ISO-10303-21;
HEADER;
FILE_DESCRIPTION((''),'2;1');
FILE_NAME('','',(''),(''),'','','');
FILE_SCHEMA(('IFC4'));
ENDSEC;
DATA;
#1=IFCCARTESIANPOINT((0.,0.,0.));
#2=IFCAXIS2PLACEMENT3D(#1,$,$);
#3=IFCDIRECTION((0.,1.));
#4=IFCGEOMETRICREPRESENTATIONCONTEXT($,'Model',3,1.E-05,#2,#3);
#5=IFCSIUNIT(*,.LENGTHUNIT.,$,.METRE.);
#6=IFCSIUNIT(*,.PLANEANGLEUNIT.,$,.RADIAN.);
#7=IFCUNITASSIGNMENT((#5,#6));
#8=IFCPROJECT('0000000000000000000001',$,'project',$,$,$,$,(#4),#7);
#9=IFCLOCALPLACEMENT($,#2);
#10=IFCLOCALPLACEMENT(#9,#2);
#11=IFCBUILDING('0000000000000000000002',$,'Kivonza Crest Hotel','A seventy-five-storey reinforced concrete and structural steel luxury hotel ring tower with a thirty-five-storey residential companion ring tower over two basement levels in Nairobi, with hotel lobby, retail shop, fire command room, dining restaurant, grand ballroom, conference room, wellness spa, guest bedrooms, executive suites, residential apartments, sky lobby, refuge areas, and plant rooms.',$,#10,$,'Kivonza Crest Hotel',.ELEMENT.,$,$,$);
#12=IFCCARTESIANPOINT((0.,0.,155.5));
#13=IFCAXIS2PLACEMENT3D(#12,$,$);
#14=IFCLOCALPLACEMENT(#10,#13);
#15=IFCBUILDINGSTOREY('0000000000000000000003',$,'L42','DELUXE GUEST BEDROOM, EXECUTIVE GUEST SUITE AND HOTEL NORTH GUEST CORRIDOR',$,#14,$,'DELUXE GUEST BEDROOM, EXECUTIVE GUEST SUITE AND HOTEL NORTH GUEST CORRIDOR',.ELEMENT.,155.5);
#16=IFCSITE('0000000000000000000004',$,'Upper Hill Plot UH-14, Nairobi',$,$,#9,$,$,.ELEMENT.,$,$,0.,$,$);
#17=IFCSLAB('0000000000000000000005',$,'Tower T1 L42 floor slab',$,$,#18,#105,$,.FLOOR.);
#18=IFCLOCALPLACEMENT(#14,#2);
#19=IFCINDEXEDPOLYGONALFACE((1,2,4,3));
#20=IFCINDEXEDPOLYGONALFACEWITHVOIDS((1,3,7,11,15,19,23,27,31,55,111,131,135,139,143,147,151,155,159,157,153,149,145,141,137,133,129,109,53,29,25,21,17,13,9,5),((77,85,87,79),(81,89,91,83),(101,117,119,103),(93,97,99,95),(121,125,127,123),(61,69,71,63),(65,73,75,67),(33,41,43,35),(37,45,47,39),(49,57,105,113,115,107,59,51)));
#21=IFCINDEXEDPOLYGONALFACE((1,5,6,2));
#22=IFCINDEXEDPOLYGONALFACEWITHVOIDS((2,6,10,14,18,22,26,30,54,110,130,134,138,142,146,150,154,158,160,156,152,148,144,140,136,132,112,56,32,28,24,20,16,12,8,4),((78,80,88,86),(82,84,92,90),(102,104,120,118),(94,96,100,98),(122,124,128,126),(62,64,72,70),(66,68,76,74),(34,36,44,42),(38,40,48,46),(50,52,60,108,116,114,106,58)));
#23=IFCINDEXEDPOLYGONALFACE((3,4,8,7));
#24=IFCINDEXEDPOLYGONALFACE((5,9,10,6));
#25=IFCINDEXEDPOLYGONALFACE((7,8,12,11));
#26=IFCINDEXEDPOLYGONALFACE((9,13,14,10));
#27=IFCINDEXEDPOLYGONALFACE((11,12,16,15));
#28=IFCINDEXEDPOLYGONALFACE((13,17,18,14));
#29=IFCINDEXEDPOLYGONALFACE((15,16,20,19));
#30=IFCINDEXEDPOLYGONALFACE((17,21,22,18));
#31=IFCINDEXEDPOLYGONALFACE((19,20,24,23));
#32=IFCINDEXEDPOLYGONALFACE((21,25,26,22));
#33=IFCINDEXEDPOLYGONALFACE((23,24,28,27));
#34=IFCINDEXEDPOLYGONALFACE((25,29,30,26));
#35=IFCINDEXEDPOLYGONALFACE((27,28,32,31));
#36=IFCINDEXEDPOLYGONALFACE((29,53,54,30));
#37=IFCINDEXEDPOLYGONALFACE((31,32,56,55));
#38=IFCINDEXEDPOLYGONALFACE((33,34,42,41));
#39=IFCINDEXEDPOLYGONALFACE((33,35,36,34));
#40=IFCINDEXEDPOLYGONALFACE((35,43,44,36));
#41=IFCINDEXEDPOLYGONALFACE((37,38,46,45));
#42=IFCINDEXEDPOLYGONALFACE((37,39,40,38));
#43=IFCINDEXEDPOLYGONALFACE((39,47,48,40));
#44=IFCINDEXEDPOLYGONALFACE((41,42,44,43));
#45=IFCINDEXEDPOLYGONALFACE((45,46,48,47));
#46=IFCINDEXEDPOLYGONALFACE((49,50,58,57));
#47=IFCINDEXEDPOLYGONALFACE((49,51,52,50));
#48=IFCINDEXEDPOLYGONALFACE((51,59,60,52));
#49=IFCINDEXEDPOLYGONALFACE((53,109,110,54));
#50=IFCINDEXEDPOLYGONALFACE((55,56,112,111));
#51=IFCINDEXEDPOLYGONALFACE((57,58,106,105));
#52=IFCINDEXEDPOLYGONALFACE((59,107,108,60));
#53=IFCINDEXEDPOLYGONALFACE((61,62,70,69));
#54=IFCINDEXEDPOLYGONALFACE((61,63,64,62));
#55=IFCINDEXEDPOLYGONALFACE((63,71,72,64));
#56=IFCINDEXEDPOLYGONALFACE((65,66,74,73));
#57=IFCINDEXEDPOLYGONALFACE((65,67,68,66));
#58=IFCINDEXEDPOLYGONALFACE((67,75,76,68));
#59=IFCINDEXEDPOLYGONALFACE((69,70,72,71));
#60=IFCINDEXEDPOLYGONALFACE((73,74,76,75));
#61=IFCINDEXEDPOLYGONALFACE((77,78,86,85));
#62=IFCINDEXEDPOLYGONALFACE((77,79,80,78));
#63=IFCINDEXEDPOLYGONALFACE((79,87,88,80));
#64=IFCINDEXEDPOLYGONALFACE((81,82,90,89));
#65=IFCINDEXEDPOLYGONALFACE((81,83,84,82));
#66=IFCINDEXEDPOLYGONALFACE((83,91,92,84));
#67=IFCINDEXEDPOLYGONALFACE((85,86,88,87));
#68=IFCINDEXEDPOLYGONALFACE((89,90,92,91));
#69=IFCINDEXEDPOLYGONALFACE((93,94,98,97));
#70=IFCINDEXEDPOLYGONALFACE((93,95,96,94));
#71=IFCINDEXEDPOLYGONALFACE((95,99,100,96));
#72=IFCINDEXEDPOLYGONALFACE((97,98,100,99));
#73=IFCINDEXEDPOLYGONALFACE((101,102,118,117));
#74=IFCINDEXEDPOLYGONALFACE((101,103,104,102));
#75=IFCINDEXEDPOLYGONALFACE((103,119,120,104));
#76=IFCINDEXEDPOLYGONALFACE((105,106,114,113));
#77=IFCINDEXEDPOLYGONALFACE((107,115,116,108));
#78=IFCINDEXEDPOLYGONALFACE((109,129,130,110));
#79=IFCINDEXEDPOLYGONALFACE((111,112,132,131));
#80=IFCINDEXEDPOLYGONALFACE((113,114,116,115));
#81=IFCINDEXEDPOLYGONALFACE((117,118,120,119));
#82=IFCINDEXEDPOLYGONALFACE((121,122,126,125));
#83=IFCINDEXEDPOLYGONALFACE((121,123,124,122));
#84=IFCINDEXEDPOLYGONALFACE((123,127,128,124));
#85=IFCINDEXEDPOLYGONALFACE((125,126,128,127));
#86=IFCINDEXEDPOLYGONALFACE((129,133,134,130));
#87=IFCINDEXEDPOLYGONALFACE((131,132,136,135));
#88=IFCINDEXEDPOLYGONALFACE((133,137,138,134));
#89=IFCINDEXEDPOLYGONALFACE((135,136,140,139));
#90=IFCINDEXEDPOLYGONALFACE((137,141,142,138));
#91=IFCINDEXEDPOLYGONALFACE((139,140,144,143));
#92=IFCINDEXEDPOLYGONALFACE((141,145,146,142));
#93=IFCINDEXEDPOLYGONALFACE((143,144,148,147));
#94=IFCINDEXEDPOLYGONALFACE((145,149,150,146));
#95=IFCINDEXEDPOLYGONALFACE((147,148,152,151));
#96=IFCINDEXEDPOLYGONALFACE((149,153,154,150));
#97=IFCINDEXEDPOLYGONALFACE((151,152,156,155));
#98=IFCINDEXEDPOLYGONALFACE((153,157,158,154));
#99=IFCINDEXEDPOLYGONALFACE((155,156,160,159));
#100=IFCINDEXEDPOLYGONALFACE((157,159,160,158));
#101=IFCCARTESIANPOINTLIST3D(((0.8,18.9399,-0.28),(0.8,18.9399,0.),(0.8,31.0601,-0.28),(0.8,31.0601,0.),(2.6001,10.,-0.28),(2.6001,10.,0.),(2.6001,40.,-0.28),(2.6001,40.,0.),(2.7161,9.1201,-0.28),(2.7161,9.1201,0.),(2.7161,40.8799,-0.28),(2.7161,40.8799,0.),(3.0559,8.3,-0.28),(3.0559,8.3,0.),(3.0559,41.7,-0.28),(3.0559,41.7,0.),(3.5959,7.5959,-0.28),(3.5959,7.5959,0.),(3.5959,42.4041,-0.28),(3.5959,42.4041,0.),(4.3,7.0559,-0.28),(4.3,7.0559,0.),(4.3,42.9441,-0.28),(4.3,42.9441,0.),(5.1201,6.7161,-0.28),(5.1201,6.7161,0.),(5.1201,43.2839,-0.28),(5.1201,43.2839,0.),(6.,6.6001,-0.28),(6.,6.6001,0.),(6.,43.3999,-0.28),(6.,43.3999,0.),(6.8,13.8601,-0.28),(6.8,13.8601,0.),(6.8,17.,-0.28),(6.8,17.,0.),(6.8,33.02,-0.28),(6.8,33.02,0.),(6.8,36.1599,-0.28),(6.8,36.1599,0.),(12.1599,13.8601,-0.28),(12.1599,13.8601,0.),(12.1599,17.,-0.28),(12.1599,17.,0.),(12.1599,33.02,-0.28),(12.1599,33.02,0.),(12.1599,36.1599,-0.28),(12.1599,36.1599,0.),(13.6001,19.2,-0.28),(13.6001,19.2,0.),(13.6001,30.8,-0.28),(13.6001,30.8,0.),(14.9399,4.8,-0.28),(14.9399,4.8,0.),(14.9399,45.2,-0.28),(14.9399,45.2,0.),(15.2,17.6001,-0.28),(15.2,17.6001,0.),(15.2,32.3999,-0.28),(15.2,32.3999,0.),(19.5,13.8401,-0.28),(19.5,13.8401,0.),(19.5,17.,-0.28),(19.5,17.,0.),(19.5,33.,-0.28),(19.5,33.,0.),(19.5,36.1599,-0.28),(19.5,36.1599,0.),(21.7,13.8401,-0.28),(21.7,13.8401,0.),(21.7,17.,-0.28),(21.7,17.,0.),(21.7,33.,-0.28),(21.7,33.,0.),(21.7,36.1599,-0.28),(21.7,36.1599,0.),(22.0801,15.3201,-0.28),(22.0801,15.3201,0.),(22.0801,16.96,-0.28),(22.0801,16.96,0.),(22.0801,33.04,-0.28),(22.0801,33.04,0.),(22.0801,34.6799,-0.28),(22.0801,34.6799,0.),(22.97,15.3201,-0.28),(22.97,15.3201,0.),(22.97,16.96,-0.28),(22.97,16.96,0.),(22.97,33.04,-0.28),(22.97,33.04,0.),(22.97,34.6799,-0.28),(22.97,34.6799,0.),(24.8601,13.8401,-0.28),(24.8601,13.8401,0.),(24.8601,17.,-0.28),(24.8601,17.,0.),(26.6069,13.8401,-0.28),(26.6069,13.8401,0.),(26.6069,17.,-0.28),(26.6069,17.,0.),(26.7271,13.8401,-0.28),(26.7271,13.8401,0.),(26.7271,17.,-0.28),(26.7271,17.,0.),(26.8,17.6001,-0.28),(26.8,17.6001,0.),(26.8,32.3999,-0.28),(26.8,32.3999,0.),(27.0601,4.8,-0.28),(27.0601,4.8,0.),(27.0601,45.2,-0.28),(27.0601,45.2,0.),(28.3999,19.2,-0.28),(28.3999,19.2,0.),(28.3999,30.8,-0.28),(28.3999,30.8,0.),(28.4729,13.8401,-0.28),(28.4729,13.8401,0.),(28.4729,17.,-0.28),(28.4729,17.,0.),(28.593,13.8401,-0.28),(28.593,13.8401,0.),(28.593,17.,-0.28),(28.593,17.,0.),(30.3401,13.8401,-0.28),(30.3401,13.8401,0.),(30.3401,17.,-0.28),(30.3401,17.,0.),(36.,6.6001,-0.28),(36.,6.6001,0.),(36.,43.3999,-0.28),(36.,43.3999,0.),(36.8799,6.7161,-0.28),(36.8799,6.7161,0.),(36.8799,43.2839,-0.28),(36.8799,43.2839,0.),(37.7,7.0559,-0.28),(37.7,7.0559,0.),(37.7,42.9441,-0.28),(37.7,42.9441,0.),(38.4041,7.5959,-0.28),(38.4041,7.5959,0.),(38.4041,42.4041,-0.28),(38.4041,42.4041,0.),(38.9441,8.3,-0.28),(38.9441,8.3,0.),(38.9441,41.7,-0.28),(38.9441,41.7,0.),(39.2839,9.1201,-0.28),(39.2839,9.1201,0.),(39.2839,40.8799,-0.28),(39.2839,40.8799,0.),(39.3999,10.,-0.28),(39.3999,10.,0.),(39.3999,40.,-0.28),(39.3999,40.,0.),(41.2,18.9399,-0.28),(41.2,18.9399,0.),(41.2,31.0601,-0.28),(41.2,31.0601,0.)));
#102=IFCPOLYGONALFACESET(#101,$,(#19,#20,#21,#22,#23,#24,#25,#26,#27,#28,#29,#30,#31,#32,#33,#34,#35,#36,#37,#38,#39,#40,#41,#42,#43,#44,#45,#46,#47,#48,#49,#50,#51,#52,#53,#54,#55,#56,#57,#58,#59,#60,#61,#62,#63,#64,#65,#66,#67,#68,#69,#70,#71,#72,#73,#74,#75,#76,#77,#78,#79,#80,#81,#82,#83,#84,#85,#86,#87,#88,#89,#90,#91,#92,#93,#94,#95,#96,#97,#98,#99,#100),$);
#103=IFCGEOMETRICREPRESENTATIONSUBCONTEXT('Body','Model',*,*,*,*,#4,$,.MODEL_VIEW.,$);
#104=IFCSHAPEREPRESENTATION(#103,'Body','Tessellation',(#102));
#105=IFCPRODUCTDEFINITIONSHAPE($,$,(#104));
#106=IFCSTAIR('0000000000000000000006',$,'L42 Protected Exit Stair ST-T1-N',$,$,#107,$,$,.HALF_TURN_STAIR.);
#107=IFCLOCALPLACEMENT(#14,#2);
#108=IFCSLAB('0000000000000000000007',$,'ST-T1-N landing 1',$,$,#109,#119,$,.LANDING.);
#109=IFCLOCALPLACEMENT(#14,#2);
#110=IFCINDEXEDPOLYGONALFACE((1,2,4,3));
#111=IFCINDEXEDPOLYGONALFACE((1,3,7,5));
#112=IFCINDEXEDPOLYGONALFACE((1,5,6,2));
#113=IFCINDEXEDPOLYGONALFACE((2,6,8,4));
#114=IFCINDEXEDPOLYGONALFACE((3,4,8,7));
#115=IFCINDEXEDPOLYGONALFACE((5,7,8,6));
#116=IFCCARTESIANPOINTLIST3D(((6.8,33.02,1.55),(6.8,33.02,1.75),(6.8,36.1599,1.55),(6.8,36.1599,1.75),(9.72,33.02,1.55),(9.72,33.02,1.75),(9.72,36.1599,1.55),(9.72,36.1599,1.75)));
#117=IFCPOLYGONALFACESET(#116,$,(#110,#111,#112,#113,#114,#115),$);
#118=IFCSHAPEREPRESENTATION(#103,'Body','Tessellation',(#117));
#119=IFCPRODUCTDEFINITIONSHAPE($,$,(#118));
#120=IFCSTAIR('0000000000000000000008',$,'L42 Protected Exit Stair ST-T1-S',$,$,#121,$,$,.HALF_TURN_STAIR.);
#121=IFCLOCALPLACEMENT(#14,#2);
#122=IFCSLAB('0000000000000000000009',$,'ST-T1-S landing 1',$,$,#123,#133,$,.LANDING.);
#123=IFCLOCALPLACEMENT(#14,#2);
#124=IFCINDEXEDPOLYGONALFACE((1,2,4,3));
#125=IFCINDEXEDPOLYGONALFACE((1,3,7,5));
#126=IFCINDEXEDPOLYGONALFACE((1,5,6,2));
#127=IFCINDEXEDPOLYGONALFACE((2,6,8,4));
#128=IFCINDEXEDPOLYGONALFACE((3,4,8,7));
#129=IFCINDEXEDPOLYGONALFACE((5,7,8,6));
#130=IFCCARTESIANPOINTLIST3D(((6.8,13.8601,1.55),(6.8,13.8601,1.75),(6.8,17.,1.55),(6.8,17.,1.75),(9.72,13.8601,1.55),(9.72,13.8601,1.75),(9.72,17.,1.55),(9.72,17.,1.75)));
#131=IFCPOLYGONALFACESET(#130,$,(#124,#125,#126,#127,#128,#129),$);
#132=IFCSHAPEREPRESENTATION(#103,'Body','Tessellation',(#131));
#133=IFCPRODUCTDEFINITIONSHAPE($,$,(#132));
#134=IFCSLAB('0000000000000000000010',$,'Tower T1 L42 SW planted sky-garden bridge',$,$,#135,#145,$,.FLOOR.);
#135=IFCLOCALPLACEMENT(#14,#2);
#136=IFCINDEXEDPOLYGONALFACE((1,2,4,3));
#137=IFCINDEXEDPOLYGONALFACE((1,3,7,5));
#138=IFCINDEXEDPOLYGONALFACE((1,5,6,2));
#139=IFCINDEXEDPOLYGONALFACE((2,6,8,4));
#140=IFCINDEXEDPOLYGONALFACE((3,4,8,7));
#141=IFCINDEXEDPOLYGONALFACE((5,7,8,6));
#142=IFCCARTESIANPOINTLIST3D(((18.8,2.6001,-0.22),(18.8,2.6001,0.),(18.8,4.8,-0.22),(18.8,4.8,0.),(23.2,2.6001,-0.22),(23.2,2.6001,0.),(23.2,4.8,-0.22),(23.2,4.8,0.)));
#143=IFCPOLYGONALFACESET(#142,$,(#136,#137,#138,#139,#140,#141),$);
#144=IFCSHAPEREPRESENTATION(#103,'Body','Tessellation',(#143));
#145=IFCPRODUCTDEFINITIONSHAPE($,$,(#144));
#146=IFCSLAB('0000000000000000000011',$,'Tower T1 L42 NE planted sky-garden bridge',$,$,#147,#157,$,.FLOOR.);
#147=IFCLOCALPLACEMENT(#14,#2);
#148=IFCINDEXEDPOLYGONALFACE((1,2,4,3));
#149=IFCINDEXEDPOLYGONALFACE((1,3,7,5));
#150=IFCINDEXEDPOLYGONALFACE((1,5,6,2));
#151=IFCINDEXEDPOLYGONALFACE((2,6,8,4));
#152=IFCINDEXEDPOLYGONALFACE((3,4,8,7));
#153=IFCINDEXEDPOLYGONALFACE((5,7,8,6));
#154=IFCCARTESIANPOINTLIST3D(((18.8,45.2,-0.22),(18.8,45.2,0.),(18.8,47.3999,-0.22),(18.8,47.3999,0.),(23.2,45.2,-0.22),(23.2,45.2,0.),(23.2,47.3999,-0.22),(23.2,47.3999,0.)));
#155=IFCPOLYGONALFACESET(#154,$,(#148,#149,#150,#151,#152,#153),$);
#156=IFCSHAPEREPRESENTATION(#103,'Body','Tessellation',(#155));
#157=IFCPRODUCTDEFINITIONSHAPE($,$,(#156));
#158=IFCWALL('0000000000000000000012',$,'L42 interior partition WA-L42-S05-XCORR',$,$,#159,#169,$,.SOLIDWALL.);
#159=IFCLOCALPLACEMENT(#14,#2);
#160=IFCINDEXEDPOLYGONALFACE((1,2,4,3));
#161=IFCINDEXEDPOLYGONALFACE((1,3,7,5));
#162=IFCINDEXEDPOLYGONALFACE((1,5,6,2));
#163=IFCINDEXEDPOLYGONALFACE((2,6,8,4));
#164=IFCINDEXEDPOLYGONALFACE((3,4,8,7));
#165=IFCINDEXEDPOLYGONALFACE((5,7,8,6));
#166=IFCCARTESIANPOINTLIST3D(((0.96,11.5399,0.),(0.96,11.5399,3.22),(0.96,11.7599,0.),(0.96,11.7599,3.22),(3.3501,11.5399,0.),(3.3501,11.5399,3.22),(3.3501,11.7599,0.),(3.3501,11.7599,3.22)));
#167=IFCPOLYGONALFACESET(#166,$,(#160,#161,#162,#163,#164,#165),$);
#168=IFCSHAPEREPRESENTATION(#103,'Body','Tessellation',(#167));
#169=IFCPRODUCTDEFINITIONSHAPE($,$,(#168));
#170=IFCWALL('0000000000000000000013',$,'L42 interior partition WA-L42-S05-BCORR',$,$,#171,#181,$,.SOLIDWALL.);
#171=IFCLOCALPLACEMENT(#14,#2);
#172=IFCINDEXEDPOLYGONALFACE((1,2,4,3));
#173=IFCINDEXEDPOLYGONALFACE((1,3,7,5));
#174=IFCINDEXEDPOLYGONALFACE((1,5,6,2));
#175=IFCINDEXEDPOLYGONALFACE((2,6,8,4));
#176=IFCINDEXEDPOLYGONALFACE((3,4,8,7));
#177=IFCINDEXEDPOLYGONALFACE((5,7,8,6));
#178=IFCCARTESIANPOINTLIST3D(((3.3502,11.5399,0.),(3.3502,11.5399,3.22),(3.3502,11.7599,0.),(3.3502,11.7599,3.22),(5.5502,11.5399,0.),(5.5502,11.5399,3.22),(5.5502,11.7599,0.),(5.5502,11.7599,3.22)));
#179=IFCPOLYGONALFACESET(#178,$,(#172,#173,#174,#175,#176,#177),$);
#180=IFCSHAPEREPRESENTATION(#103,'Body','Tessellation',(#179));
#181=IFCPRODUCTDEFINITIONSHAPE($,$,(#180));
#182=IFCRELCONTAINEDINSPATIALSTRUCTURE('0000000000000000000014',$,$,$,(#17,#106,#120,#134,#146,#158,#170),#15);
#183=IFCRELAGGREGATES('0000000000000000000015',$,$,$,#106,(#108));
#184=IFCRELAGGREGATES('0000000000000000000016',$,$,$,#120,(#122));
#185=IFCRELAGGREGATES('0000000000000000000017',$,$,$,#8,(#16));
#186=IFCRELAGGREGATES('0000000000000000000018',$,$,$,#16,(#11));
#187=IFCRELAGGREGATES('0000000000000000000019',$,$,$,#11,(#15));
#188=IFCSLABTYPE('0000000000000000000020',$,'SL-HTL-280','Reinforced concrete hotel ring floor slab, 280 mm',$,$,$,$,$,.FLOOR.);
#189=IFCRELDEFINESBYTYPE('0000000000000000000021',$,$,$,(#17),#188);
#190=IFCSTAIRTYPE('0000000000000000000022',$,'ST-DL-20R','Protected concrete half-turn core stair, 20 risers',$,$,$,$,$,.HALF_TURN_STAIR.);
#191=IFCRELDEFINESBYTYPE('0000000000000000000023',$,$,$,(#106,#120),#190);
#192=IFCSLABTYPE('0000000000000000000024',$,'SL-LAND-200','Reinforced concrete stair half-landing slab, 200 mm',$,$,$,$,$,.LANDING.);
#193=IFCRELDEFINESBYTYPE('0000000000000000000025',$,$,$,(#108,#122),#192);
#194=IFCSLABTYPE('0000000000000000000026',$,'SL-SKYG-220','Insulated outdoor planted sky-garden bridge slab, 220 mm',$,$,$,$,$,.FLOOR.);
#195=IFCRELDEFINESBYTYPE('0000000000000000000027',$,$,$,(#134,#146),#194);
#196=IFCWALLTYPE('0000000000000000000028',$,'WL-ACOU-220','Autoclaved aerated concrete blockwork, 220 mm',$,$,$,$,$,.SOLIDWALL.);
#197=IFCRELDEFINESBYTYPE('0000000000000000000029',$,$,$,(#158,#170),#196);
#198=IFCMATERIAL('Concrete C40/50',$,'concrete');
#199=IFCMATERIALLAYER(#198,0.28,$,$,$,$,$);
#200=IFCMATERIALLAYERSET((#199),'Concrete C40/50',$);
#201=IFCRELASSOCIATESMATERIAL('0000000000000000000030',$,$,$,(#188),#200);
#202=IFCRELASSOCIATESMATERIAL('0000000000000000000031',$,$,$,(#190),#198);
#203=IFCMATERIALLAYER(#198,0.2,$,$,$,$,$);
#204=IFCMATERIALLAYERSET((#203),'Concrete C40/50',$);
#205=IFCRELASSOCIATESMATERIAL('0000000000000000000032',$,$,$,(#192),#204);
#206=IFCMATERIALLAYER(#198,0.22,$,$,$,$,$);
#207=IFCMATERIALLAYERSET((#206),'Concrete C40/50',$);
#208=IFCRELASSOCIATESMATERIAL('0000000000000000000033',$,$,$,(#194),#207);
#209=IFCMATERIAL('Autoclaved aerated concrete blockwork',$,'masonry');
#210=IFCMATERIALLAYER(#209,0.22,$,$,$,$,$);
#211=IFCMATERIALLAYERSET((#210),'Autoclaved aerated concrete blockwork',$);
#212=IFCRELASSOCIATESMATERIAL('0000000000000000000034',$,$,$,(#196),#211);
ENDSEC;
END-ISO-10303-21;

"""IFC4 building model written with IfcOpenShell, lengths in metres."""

from ifc_helpers import new_model, si_unit, direction, frame, frame_2d, origin, place, context, subcontext, project, spatial, polyline, rectangle, outline, extrude, material, layer, layer_set, type_object, element, aggregate, save


model = new_model("IFC4")

# Units and contexts
model_context = context("Model", 3, precision=1e-05, world=origin(), true_north=direction((0.0, 1.0)))
body_context = subcontext(model_context, "Body", "Model", "MODEL_VIEW")
ifc_project = project(units=[si_unit("LENGTHUNIT", "METRE"), si_unit("PLANEANGLEUNIT", "RADIAN")], contexts=[model_context])

# Site, building, storey
site_placement = place(None, origin())
site = spatial("IfcSite", under=ifc_project, at=site_placement, Name="Upper Hill Plot UH-14, Nairobi", CompositionType="ELEMENT", RefElevation=0.0)
building_placement = place(site_placement, origin())
building = spatial("IfcBuilding", under=site, at=building_placement, Name="Kivonza Crest Hotel", Description="A seventy-five-storey reinforced concrete and structural steel luxury hotel ring tower with a thirty-five-storey residential companion ring tower over two basement levels in Nairobi, with hotel lobby, retail shop, fire command room, dining restaurant, grand ballroom, conference room, wellness spa, guest bedrooms, executive suites, residential apartments, sky lobby, refuge areas, and plant rooms.", LongName="Kivonza Crest Hotel", CompositionType="ELEMENT")
storey_placement = place(building_placement, frame((0.0, 0.0, 155.5)))
storey = spatial("IfcBuildingStorey", under=building, at=storey_placement, Name="L42", Description="DELUXE GUEST BEDROOM, EXECUTIVE GUEST SUITE AND HOTEL NORTH GUEST CORRIDOR", LongName="DELUXE GUEST BEDROOM, EXECUTIVE GUEST SUITE AND HOTEL NORTH GUEST CORRIDOR", CompositionType="ELEMENT", Elevation=155.5)

# Slab
ifc_material_1 = material(Name="Concrete C40/50", Category="concrete")
ifc_layer_1 = layer(ifc_material_1, 0.28)
ifc_layer_set_1 = layer_set([ifc_layer_1], Name="Concrete C40/50")
slab_type_1 = type_object("IfcSlabType", Name="SL-HTL-280", Description="Reinforced concrete hotel ring floor slab, 280 mm", PredefinedType="FLOOR", material=ifc_layer_set_1)
slab_1_placement = place(storey_placement, frame((0.0, 0.0, -0.28)))
element("IfcSlab", 1, at=slab_1_placement, inside=storey, type_object=slab_type_1, Name="Tower T1 L42 floor slab", PredefinedType="FLOOR", context=body_context, shape_type="SweptSolid", body=[
    extrude(outline(polyline([(2.6001, 10.0), (2.7161, 9.1201), (3.0559, 8.3), (3.5959, 7.5959), (4.3, 7.0559), (5.1201, 6.7161), (6.0, 6.6001), (14.9399, 4.8), (27.0601, 4.8), (36.0, 6.6001), (36.8799, 6.7161), (37.7, 7.0559), (38.4041, 7.5959), (38.9441, 8.3), (39.2839, 9.1201), (39.3999, 10.0), (41.2, 18.9399), (41.2, 31.0601), (39.3999, 40.0), (39.2839, 40.8799), (38.9441, 41.7), (38.4041, 42.4041), (37.7, 42.9441), (36.8799, 43.2839), (36.0, 43.3999), (27.0601, 45.2), (14.9399, 45.2), (6.0, 43.3999), (5.1201, 43.2839), (4.3, 42.9441), (3.5959, 42.4041), (3.0559, 41.7), (2.7161, 40.8799), (2.6001, 40.0), (0.8, 31.0601), (0.8, 18.9399), (2.6001, 10.0)]), holes=[polyline([(15.2, 17.6001), (26.8, 17.6001), (28.3999, 19.2), (28.3999, 30.8), (26.8, 32.3999), (15.2, 32.3999), (13.6001, 30.8), (13.6001, 19.2), (15.2, 17.6001)]), polyline([(6.8, 33.02), (12.1599, 33.02), (12.1599, 36.1599), (6.8, 36.1599), (6.8, 33.02)]), polyline([(6.8, 13.8601), (12.1599, 13.8601), (12.1599, 17.0), (6.8, 17.0), (6.8, 13.8601)]), polyline([(22.0801, 33.04), (22.97, 33.04), (22.97, 34.6799), (22.0801, 34.6799), (22.0801, 33.04)]), polyline([(22.0801, 15.3201), (22.97, 15.3201), (22.97, 16.96), (22.0801, 16.96), (22.0801, 15.3201)]), polyline([(19.5, 33.0), (21.7, 33.0), (21.7, 36.1599), (19.5, 36.1599), (19.5, 33.0)]), polyline([(19.5, 13.8401), (21.7, 13.8401), (21.7, 17.0), (19.5, 17.0), (19.5, 13.8401)]), polyline([(24.8601, 13.8401), (26.6069, 13.8401), (26.6069, 17.0), (24.8601, 17.0), (24.8601, 13.8401)]), polyline([(26.7271, 13.8401), (28.4729, 13.8401), (28.4729, 17.0), (26.7271, 17.0), (26.7271, 13.8401)]), polyline([(28.593, 13.8401), (30.3401, 13.8401), (30.3401, 17.0), (28.593, 17.0), (28.593, 13.8401)])]), origin(), (0.0, 0.0, 1.0), 0.28),
])

# Stairs, slabs
stair_type = type_object("IfcStairType", Name="ST-DL-20R", Description="Protected concrete half-turn core stair, 20 risers", PredefinedType="HALF_TURN_STAIR", material=ifc_material_1)
stair_1_placement = place(storey_placement, origin())
stair_1 = element("IfcStair", 2, at=stair_1_placement, inside=storey, type_object=stair_type, Name="L42 Protected Exit Stair ST-T1-N", PredefinedType="HALF_TURN_STAIR")
ifc_layer_2 = layer(ifc_material_1, 0.2)
ifc_layer_set_2 = layer_set([ifc_layer_2], Name="Concrete C40/50")
slab_type_2 = type_object("IfcSlabType", Name="SL-LAND-200", Description="Reinforced concrete stair half-landing slab, 200 mm", PredefinedType="LANDING", material=ifc_layer_set_2)
slab_2_placement = place(storey_placement, frame((0.0, 0.0, 1.55)))
slab_2 = element("IfcSlab", 3, at=slab_2_placement, type_object=slab_type_2, Name="ST-T1-N landing 1", PredefinedType="LANDING", context=body_context, shape_type="SweptSolid", body=[
    extrude(outline(polyline([(9.72, 36.1599), (6.8, 36.1599), (6.8, 33.02), (9.72, 33.02), (9.72, 36.1599)])), origin(), (0.0, 0.0, 1.0), 0.2),
])
aggregate(stair_1, [slab_2])
stair_2_placement = place(storey_placement, origin())
stair_2 = element("IfcStair", 4, at=stair_2_placement, inside=storey, type_object=stair_type, Name="L42 Protected Exit Stair ST-T1-S", PredefinedType="HALF_TURN_STAIR")
slab_3_placement = place(storey_placement, frame((0.0, 0.0, 1.55)))
slab_3 = element("IfcSlab", 5, at=slab_3_placement, type_object=slab_type_2, Name="ST-T1-S landing 1", PredefinedType="LANDING", context=body_context, shape_type="SweptSolid", body=[
    extrude(outline(polyline([(9.72, 17.0), (6.8, 17.0), (6.8, 13.8601), (9.72, 13.8601), (9.72, 17.0)])), origin(), (0.0, 0.0, 1.0), 0.2),
])
aggregate(stair_2, [slab_3])

# Slabs
ifc_layer_3 = layer(ifc_material_1, 0.22)
ifc_layer_set_3 = layer_set([ifc_layer_3], Name="Concrete C40/50")
slab_type_3 = type_object("IfcSlabType", Name="SL-SKYG-220", Description="Insulated outdoor planted sky-garden bridge slab, 220 mm", PredefinedType="FLOOR", material=ifc_layer_set_3)
slab_4_placement = place(storey_placement, frame((0.0, 0.0, -0.22)))
element("IfcSlab", 6, at=slab_4_placement, inside=storey, type_object=slab_type_3, Name="Tower T1 L42 SW planted sky-garden bridge", PredefinedType="FLOOR", context=body_context, shape_type="SweptSolid", body=[
    extrude(outline(polyline([(18.8, 2.6001), (23.2, 2.6001), (23.2, 4.8), (18.8, 4.8), (18.8, 2.6001)])), origin(), (0.0, 0.0, 1.0), 0.22),
])
slab_5_placement = place(storey_placement, frame((0.0, 0.0, -0.22)))
element("IfcSlab", 7, at=slab_5_placement, inside=storey, type_object=slab_type_3, Name="Tower T1 L42 NE planted sky-garden bridge", PredefinedType="FLOOR", context=body_context, shape_type="SweptSolid", body=[
    extrude(outline(polyline([(18.8, 45.2), (23.2, 45.2), (23.2, 47.3999), (18.8, 47.3999), (18.8, 45.2)])), origin(), (0.0, 0.0, 1.0), 0.22),
])

# Walls
ifc_material_2 = material(Name="Autoclaved aerated concrete blockwork", Category="masonry")
ifc_layer_4 = layer(ifc_material_2, 0.22)
ifc_layer_set_4 = layer_set([ifc_layer_4], Name="Autoclaved aerated concrete blockwork")
wall_type_1 = type_object("IfcWallType", Name="WL-ACOU-220", Description="Autoclaved aerated concrete blockwork, 220 mm", PredefinedType="SOLIDWALL", material=ifc_layer_set_4)
wall_1_placement = place(storey_placement, frame((0.96, 11.6499, 0.0), z_axis=(0.0, 0.0, 1.0), x_axis=(1.0, 0.0, 0.0)))
element("IfcWall", 8, at=wall_1_placement, inside=storey, type_object=wall_type_1, Name="L42 interior partition WA-L42-S05-XCORR", PredefinedType="SOLIDWALL", context=body_context, shape_type="SweptSolid", body=[
    extrude(rectangle(XDim=2.3901, YDim=0.22, at=frame_2d((1.1951, 0.0))), origin(), (0.0, 0.0, 1.0), 3.22),
])
wall_2_placement = place(storey_placement, frame((3.3501, 11.6499, 0.0), z_axis=(0.0, 0.0, 1.0), x_axis=(1.0, 0.0, 0.0)))
element("IfcWall", 9, at=wall_2_placement, inside=storey, type_object=wall_type_1, Name="L42 interior partition WA-L42-S05-BCORR", PredefinedType="SOLIDWALL", context=body_context, shape_type="SweptSolid", body=[
    extrude(rectangle(XDim=2.2, YDim=0.22, at=frame_2d((1.1001, 0.0))), origin(), (0.0, 0.0, 1.0), 3.22),
])

save(model, "model.ifc")
